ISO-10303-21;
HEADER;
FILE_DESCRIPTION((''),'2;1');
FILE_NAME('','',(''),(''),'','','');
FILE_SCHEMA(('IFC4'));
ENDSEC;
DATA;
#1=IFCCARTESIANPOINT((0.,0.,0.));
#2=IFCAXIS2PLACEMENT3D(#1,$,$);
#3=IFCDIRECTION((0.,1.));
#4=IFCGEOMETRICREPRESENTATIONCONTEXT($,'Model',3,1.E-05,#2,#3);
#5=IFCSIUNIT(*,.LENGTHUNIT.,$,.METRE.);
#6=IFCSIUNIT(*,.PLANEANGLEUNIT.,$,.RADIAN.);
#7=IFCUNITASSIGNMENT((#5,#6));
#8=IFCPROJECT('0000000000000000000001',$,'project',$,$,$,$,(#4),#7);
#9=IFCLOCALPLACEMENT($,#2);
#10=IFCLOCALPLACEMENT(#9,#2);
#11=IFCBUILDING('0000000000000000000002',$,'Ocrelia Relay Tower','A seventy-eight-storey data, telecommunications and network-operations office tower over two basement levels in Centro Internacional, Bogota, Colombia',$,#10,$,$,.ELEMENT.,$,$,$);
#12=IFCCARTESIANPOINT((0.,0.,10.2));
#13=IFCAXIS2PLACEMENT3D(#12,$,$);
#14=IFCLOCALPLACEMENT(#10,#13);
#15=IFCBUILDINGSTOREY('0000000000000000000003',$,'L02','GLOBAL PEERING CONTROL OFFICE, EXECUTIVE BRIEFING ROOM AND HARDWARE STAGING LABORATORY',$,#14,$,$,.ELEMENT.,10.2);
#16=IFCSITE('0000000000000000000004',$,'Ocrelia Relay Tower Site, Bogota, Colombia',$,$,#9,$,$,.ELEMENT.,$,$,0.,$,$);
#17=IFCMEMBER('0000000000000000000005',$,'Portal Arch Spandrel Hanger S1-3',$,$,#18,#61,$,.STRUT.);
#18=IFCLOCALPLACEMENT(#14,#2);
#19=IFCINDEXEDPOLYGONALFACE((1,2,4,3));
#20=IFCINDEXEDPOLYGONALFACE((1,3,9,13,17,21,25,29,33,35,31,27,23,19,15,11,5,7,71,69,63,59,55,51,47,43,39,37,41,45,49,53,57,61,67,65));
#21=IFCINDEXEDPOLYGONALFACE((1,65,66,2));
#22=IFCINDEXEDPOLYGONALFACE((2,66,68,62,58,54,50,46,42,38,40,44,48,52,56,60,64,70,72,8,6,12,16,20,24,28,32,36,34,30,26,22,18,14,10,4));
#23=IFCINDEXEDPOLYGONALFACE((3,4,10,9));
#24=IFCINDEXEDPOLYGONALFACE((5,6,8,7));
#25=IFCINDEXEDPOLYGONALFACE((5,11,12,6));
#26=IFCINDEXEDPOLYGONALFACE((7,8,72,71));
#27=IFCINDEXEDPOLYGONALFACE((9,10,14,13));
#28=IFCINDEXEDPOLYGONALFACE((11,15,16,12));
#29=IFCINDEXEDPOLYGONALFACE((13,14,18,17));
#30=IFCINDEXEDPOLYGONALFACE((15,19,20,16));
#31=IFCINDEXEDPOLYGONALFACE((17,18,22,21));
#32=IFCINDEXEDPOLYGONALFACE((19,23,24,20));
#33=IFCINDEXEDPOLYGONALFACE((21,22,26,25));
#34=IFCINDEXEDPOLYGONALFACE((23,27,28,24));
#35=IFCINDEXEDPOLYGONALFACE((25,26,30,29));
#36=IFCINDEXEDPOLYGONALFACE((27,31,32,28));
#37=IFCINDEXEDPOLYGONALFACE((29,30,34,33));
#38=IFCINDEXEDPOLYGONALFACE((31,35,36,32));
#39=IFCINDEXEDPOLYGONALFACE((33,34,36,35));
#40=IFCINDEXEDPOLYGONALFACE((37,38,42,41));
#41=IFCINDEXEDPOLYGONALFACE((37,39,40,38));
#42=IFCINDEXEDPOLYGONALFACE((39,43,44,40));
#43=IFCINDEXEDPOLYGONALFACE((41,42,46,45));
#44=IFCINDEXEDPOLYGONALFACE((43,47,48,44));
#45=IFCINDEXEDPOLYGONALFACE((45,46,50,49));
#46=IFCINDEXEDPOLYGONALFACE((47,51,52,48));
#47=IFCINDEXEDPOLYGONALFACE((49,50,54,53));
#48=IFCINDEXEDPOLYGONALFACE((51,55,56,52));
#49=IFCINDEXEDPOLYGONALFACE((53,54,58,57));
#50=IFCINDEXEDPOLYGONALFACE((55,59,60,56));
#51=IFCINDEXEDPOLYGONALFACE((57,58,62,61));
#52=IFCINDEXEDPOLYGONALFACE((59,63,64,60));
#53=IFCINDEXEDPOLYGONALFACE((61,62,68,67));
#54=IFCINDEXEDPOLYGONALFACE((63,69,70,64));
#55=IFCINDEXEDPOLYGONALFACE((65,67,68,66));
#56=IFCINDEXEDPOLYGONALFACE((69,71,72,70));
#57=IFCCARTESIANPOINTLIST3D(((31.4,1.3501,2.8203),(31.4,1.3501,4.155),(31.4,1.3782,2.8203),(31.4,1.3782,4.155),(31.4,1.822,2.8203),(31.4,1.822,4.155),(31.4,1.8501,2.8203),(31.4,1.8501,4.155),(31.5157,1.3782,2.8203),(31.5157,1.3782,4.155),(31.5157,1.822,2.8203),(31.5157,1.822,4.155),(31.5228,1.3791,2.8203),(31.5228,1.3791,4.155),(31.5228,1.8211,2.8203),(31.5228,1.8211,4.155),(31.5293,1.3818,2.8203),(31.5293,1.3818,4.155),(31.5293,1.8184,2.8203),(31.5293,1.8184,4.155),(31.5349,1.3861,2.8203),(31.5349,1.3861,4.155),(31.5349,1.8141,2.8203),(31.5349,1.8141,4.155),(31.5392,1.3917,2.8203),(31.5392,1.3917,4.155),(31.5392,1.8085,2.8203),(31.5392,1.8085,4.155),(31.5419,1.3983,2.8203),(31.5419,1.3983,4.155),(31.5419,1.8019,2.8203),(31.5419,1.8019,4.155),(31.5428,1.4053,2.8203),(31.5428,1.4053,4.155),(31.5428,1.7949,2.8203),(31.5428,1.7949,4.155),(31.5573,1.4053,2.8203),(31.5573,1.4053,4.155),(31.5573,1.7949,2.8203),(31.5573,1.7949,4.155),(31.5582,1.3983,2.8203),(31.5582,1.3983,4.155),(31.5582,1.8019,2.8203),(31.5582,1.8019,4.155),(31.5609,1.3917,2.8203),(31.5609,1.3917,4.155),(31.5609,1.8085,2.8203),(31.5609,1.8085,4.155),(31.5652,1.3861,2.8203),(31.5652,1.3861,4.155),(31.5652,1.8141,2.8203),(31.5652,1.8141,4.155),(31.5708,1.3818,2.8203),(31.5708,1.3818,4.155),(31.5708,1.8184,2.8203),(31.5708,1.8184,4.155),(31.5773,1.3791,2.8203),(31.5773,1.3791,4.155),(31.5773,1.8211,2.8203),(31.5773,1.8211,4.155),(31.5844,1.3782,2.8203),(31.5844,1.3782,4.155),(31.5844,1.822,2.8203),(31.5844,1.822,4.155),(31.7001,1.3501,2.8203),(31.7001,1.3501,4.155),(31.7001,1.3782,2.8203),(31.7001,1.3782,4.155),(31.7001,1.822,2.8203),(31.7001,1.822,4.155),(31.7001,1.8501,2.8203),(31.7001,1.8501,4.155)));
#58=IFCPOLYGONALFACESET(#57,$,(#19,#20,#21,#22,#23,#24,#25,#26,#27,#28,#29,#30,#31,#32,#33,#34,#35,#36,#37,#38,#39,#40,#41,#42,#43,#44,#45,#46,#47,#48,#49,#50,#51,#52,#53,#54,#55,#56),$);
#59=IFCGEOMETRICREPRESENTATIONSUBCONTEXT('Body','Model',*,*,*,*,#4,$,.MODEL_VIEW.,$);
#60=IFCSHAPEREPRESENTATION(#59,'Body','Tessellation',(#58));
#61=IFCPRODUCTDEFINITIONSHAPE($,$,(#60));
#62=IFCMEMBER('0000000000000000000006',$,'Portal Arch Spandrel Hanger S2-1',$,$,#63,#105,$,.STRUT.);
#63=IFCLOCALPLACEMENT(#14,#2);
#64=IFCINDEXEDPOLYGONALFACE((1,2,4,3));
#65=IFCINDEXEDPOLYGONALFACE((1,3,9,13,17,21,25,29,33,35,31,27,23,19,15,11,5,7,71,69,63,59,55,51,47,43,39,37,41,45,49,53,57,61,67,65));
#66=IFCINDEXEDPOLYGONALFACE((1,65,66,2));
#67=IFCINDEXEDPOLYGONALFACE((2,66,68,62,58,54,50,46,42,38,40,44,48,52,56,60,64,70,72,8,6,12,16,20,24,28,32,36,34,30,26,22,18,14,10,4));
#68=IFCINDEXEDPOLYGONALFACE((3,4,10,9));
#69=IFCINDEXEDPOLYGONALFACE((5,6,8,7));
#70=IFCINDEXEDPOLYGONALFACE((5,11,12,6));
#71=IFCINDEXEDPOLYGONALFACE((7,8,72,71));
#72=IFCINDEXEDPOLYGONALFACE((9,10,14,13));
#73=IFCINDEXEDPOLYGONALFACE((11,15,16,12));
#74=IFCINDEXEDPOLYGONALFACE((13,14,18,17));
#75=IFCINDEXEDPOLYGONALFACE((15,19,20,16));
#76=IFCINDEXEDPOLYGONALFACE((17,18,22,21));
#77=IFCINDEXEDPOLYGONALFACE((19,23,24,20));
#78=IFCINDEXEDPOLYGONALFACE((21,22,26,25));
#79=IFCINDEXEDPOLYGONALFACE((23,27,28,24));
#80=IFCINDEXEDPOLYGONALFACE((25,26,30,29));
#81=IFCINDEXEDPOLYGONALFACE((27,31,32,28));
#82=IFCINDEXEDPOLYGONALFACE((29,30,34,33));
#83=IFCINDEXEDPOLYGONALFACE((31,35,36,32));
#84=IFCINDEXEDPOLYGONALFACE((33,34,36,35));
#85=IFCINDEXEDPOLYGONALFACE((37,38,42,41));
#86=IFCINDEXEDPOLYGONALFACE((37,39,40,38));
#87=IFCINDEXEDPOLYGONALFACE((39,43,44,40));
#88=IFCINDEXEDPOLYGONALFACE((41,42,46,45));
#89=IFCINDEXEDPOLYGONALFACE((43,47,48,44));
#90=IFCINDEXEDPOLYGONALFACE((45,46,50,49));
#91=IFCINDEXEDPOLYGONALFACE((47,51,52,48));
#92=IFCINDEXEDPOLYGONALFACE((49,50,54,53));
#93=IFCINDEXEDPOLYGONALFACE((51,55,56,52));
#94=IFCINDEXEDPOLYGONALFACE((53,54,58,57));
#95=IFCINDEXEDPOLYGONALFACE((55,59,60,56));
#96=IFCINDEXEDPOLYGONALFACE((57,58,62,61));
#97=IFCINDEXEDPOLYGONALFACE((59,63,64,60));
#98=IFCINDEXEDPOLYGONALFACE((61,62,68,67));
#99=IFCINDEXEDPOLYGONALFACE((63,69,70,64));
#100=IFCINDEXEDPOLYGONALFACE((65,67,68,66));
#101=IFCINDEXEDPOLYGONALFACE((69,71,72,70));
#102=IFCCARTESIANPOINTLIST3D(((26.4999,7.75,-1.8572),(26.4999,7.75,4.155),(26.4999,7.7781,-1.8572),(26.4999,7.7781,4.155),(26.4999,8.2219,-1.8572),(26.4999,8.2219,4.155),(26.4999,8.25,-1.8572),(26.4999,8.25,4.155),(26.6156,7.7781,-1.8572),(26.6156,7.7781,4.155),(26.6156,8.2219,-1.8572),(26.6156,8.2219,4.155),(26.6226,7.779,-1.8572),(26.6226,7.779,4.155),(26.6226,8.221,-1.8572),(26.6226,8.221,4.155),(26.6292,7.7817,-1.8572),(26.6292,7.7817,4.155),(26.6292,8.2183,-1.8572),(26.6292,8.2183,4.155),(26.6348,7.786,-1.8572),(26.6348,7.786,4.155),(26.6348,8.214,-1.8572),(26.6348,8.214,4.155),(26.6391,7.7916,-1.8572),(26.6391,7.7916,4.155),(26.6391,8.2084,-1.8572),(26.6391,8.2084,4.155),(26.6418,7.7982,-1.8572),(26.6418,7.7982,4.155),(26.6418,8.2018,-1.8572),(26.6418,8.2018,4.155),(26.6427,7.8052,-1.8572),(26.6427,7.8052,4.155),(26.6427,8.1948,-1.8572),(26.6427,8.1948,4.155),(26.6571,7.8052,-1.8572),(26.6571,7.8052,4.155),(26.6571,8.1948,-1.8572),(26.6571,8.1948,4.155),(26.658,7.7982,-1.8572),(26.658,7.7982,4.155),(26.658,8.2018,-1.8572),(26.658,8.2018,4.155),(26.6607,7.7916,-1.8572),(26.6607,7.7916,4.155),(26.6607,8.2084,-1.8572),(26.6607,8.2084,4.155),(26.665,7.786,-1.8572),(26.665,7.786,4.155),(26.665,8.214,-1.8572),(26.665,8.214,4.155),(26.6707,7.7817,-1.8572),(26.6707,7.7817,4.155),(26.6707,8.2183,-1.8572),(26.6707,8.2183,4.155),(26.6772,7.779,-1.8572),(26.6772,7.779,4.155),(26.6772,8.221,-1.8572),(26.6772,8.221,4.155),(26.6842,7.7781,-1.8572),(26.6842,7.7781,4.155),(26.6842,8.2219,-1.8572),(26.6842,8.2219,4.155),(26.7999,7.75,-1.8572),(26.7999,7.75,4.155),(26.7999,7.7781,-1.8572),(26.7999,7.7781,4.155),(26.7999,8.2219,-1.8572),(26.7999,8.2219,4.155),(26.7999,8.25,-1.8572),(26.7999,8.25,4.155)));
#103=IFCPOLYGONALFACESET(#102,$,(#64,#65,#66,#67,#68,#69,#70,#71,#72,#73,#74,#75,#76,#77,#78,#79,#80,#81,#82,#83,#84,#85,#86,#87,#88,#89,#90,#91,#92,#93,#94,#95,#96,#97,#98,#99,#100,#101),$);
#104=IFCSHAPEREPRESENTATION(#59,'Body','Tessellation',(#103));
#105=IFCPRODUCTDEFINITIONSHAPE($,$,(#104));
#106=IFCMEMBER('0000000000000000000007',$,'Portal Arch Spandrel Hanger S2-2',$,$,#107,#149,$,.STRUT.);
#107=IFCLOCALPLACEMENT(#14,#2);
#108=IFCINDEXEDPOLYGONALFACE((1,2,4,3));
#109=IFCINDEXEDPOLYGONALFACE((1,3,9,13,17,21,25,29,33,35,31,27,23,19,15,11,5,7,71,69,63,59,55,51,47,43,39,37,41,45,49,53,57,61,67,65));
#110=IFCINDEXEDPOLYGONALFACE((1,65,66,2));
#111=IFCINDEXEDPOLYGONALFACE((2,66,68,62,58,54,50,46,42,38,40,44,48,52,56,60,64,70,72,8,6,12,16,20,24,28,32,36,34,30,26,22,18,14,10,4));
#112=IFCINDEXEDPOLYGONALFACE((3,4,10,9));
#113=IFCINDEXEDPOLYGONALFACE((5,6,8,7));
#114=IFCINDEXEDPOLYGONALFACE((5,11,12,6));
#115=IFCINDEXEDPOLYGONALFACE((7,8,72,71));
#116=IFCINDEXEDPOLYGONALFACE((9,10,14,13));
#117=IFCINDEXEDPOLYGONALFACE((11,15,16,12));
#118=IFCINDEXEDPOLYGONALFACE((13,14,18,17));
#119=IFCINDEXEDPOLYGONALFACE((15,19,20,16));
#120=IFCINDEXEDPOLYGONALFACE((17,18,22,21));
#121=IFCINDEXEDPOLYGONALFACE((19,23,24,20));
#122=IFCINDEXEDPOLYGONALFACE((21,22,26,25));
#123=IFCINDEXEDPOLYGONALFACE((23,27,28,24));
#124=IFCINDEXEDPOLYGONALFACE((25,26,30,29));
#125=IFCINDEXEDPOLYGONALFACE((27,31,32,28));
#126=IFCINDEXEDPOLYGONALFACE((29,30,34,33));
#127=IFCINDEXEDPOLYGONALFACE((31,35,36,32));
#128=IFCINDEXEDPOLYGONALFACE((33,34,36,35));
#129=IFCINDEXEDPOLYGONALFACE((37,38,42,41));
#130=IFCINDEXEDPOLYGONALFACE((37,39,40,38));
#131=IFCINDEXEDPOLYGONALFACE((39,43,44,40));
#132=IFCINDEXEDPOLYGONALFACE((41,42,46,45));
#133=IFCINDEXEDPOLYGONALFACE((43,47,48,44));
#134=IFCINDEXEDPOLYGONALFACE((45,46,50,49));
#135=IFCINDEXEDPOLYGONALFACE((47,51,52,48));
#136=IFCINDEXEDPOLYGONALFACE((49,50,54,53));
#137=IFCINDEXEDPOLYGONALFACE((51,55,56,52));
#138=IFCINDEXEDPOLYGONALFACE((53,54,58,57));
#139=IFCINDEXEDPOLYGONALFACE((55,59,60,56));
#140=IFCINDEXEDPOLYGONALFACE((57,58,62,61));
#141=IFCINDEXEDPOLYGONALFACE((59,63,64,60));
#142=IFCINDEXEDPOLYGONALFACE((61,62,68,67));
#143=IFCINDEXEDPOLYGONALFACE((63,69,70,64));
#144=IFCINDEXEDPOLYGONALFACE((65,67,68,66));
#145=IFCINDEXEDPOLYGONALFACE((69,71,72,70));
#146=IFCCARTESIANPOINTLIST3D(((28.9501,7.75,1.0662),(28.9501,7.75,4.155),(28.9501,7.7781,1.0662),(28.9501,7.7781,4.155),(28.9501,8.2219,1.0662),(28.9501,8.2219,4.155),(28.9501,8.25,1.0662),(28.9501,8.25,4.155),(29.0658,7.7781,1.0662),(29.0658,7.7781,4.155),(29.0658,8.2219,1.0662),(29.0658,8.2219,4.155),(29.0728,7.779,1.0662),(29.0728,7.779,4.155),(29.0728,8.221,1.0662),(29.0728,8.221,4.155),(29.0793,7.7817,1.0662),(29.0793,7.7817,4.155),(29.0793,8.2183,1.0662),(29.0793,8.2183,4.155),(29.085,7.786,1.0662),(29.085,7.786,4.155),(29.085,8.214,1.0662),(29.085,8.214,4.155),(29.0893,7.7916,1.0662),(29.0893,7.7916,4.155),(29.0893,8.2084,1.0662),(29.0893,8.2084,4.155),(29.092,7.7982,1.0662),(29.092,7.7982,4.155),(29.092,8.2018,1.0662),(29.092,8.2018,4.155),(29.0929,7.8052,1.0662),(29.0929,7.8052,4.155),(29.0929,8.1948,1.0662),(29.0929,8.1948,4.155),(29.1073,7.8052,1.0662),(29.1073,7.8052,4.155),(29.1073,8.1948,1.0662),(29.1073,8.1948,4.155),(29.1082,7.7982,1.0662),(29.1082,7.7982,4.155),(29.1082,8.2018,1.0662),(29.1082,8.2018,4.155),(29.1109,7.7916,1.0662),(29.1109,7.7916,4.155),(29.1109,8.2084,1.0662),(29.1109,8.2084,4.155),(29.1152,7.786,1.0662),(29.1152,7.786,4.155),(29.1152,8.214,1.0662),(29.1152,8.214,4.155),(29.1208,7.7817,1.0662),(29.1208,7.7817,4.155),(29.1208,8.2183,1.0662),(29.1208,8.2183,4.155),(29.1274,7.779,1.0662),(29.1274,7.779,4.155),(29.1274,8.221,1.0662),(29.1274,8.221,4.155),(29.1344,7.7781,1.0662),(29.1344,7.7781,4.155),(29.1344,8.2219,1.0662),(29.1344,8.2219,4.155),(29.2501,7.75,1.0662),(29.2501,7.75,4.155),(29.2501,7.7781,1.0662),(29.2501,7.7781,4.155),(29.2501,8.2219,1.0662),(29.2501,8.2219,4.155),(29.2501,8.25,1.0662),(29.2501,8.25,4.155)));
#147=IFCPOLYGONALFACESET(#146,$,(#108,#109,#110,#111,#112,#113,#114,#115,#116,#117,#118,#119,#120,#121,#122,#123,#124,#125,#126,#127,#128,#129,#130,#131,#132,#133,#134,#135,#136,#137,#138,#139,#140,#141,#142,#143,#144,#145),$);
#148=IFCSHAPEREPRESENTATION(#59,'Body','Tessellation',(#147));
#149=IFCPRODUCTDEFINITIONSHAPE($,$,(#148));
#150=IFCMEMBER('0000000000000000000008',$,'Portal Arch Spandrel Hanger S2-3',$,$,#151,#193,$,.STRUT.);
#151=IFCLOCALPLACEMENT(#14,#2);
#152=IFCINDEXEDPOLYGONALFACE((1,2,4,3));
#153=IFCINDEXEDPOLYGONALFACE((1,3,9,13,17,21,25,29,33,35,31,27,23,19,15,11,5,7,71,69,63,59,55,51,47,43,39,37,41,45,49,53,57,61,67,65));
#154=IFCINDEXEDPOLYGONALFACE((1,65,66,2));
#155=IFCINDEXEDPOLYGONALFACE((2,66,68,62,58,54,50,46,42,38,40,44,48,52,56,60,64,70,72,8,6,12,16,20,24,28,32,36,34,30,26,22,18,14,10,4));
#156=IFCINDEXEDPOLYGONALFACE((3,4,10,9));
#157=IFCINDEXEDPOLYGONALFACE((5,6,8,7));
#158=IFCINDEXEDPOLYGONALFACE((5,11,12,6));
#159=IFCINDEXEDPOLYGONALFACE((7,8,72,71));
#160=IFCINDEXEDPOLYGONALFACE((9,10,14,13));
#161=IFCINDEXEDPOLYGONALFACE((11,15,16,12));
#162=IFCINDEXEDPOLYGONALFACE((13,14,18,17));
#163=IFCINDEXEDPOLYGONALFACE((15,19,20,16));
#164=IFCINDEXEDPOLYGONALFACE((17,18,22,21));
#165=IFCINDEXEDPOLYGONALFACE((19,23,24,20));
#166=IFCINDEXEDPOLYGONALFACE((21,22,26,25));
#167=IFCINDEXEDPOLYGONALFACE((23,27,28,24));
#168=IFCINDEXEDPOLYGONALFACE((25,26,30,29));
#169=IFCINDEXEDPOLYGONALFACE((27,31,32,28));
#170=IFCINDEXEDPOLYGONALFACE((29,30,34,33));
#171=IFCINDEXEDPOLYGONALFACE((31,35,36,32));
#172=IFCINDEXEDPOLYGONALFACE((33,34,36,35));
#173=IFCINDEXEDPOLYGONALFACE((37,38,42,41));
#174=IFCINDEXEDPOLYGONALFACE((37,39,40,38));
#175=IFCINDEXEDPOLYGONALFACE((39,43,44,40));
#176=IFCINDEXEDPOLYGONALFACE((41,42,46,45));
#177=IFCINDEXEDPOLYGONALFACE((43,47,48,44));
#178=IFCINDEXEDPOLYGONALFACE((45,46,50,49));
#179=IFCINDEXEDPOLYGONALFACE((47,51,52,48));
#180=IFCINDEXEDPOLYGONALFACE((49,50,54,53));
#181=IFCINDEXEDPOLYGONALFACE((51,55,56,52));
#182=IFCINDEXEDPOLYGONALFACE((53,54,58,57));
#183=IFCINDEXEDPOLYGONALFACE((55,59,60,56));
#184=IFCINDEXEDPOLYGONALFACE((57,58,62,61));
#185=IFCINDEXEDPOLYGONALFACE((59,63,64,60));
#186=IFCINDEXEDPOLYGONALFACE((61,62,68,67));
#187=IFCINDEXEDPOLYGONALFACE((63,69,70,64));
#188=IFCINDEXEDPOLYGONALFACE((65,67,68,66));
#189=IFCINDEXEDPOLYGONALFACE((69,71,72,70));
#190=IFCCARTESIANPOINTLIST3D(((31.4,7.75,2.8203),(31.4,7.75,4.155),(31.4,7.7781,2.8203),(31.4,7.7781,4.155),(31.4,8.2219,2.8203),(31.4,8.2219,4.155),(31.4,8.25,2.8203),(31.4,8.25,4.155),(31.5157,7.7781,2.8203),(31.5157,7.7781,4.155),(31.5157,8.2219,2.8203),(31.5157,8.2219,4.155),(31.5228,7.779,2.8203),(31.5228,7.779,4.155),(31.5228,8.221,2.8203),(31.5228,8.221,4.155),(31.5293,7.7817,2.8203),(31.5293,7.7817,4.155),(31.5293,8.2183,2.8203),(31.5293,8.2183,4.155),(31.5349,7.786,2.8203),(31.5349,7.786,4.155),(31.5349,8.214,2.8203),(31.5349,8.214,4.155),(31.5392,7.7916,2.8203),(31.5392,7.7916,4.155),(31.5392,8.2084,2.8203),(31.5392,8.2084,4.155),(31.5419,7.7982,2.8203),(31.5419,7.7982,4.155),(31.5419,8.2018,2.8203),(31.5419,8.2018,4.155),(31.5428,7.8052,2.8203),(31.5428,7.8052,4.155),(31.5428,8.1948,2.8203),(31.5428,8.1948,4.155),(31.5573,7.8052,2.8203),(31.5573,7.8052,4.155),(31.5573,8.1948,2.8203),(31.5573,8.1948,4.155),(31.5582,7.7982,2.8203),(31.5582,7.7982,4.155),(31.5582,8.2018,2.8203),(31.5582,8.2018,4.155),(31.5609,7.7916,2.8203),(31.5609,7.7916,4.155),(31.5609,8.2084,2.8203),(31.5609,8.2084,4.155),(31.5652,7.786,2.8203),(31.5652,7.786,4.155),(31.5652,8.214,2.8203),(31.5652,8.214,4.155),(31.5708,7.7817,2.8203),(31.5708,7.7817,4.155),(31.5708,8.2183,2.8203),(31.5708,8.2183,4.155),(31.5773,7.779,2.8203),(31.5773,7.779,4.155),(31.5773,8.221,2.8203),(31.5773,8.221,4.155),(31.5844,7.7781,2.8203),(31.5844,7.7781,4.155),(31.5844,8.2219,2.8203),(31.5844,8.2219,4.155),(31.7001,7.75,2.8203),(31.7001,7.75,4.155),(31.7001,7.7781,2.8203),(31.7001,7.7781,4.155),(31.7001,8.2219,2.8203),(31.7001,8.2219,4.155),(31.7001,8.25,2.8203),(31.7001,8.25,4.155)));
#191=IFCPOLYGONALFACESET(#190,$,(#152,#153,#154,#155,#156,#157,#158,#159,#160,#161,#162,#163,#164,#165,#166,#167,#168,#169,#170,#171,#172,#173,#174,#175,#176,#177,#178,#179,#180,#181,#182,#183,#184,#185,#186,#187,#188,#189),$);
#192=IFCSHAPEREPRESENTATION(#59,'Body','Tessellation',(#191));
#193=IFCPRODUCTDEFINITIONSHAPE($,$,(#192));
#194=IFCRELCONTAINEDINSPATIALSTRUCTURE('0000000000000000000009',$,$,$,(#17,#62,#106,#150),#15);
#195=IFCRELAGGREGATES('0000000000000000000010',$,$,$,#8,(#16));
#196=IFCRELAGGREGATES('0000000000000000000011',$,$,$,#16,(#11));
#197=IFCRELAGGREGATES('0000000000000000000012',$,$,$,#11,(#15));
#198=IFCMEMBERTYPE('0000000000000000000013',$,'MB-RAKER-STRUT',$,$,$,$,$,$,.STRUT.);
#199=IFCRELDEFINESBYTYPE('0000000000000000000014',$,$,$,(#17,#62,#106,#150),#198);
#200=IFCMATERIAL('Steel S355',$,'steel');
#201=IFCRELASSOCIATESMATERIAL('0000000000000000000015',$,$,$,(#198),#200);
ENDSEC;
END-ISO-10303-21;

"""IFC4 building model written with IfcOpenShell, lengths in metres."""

from ifc_helpers import new_model, si_unit, direction, frame, origin, origin_2d, place, context, subcontext, project, spatial, i_section, extrude, material, material_profile, profile_set, type_object, element, save


model = new_model("IFC4")

# Units and contexts
model_context = context("Model", 3, precision=1e-05, world=origin(), true_north=direction((0.0, 1.0)))
body_context = subcontext(model_context, "Body", "Model", "MODEL_VIEW")
ifc_project = project(units=[si_unit("LENGTHUNIT", "METRE"), si_unit("PLANEANGLEUNIT", "RADIAN")], contexts=[model_context])

# Site, building, storey
site_placement = place(None, origin())
site = spatial("IfcSite", under=ifc_project, at=site_placement, Name="Ocrelia Relay Tower Site, Bogota, Colombia", CompositionType="ELEMENT", RefElevation=0.0)
building_placement = place(site_placement, origin())
building = spatial("IfcBuilding", under=site, at=building_placement, Name="Ocrelia Relay Tower", Description="A seventy-eight-storey data, telecommunications and network-operations office tower over two basement levels in Centro Internacional, Bogota, Colombia", CompositionType="ELEMENT")
storey_placement = place(building_placement, frame((0.0, 0.0, 10.2)))
storey = spatial("IfcBuildingStorey", under=building, at=storey_placement, Name="L02", Description="GLOBAL PEERING CONTROL OFFICE, EXECUTIVE BRIEFING ROOM AND HARDWARE STAGING LABORATORY", CompositionType="ELEMENT", Elevation=10.2)

# Shared definitions
ifc_material_1 = material(Name="Steel S355", Category="steel")

# Members
ifc_material_profile_1 = material_profile(ifc_material_1, i_section(OverallWidth=0.3, OverallDepth=0.5, WebThickness=0.0144, FlangeThickness=0.0281, FilletRadius=0.0271, at=origin_2d()), Name="HEB 500")
ifc_profile_set_1 = profile_set([ifc_material_profile_1], Name="Steel S355")
member_type_1 = type_object("IfcMemberType", Name="MB-RAKER-STRUT", PredefinedType="STRUT", material=ifc_profile_set_1)
member_1_placement = place(storey_placement, frame((31.55, 1.6001, 2.8203), z_axis=(0.0, 0.0, 1.0), x_axis=(1.0, 0.0, 0.0)))
element("IfcMember", 1, at=member_1_placement, inside=storey, type_object=member_type_1, Name="Portal Arch Spandrel Hanger S1-3", PredefinedType="STRUT", context=body_context, shape_type="SweptSolid", body=[
    extrude(i_section(OverallWidth=0.3, OverallDepth=0.5, WebThickness=0.0144, FlangeThickness=0.0281, FilletRadius=0.0271, at=origin_2d()), origin(), (0.0, 0.0, 1.0), 1.3347),
])
member_2_placement = place(storey_placement, frame((26.6499, 8.0, -1.8572), z_axis=(0.0, 0.0, 1.0), x_axis=(1.0, 0.0, 0.0)))
element("IfcMember", 2, at=member_2_placement, inside=storey, type_object=member_type_1, Name="Portal Arch Spandrel Hanger S2-1", PredefinedType="STRUT", context=body_context, shape_type="SweptSolid", body=[
    extrude(i_section(OverallWidth=0.3, OverallDepth=0.5, WebThickness=0.0144, FlangeThickness=0.0281, FilletRadius=0.0271, at=origin_2d()), origin(), (0.0, 0.0, 1.0), 6.0122),
])
member_3_placement = place(storey_placement, frame((29.1001, 8.0, 1.0662), z_axis=(0.0, 0.0, 1.0), x_axis=(1.0, 0.0, 0.0)))
element("IfcMember", 3, at=member_3_placement, inside=storey, type_object=member_type_1, Name="Portal Arch Spandrel Hanger S2-2", PredefinedType="STRUT", context=body_context, shape_type="SweptSolid", body=[
    extrude(i_section(OverallWidth=0.3, OverallDepth=0.5, WebThickness=0.0144, FlangeThickness=0.0281, FilletRadius=0.0271, at=origin_2d()), origin(), (0.0, 0.0, 1.0), 3.0889),
])
member_4_placement = place(storey_placement, frame((31.55, 8.0, 2.8203), z_axis=(0.0, 0.0, 1.0), x_axis=(1.0, 0.0, 0.0)))
element("IfcMember", 4, at=member_4_placement, inside=storey, type_object=member_type_1, Name="Portal Arch Spandrel Hanger S2-3", PredefinedType="STRUT", context=body_context, shape_type="SweptSolid", body=[
    extrude(i_section(OverallWidth=0.3, OverallDepth=0.5, WebThickness=0.0144, FlangeThickness=0.0281, FilletRadius=0.0271, at=origin_2d()), origin(), (0.0, 0.0, 1.0), 1.3347),
])

save(model, "model.ifc")
